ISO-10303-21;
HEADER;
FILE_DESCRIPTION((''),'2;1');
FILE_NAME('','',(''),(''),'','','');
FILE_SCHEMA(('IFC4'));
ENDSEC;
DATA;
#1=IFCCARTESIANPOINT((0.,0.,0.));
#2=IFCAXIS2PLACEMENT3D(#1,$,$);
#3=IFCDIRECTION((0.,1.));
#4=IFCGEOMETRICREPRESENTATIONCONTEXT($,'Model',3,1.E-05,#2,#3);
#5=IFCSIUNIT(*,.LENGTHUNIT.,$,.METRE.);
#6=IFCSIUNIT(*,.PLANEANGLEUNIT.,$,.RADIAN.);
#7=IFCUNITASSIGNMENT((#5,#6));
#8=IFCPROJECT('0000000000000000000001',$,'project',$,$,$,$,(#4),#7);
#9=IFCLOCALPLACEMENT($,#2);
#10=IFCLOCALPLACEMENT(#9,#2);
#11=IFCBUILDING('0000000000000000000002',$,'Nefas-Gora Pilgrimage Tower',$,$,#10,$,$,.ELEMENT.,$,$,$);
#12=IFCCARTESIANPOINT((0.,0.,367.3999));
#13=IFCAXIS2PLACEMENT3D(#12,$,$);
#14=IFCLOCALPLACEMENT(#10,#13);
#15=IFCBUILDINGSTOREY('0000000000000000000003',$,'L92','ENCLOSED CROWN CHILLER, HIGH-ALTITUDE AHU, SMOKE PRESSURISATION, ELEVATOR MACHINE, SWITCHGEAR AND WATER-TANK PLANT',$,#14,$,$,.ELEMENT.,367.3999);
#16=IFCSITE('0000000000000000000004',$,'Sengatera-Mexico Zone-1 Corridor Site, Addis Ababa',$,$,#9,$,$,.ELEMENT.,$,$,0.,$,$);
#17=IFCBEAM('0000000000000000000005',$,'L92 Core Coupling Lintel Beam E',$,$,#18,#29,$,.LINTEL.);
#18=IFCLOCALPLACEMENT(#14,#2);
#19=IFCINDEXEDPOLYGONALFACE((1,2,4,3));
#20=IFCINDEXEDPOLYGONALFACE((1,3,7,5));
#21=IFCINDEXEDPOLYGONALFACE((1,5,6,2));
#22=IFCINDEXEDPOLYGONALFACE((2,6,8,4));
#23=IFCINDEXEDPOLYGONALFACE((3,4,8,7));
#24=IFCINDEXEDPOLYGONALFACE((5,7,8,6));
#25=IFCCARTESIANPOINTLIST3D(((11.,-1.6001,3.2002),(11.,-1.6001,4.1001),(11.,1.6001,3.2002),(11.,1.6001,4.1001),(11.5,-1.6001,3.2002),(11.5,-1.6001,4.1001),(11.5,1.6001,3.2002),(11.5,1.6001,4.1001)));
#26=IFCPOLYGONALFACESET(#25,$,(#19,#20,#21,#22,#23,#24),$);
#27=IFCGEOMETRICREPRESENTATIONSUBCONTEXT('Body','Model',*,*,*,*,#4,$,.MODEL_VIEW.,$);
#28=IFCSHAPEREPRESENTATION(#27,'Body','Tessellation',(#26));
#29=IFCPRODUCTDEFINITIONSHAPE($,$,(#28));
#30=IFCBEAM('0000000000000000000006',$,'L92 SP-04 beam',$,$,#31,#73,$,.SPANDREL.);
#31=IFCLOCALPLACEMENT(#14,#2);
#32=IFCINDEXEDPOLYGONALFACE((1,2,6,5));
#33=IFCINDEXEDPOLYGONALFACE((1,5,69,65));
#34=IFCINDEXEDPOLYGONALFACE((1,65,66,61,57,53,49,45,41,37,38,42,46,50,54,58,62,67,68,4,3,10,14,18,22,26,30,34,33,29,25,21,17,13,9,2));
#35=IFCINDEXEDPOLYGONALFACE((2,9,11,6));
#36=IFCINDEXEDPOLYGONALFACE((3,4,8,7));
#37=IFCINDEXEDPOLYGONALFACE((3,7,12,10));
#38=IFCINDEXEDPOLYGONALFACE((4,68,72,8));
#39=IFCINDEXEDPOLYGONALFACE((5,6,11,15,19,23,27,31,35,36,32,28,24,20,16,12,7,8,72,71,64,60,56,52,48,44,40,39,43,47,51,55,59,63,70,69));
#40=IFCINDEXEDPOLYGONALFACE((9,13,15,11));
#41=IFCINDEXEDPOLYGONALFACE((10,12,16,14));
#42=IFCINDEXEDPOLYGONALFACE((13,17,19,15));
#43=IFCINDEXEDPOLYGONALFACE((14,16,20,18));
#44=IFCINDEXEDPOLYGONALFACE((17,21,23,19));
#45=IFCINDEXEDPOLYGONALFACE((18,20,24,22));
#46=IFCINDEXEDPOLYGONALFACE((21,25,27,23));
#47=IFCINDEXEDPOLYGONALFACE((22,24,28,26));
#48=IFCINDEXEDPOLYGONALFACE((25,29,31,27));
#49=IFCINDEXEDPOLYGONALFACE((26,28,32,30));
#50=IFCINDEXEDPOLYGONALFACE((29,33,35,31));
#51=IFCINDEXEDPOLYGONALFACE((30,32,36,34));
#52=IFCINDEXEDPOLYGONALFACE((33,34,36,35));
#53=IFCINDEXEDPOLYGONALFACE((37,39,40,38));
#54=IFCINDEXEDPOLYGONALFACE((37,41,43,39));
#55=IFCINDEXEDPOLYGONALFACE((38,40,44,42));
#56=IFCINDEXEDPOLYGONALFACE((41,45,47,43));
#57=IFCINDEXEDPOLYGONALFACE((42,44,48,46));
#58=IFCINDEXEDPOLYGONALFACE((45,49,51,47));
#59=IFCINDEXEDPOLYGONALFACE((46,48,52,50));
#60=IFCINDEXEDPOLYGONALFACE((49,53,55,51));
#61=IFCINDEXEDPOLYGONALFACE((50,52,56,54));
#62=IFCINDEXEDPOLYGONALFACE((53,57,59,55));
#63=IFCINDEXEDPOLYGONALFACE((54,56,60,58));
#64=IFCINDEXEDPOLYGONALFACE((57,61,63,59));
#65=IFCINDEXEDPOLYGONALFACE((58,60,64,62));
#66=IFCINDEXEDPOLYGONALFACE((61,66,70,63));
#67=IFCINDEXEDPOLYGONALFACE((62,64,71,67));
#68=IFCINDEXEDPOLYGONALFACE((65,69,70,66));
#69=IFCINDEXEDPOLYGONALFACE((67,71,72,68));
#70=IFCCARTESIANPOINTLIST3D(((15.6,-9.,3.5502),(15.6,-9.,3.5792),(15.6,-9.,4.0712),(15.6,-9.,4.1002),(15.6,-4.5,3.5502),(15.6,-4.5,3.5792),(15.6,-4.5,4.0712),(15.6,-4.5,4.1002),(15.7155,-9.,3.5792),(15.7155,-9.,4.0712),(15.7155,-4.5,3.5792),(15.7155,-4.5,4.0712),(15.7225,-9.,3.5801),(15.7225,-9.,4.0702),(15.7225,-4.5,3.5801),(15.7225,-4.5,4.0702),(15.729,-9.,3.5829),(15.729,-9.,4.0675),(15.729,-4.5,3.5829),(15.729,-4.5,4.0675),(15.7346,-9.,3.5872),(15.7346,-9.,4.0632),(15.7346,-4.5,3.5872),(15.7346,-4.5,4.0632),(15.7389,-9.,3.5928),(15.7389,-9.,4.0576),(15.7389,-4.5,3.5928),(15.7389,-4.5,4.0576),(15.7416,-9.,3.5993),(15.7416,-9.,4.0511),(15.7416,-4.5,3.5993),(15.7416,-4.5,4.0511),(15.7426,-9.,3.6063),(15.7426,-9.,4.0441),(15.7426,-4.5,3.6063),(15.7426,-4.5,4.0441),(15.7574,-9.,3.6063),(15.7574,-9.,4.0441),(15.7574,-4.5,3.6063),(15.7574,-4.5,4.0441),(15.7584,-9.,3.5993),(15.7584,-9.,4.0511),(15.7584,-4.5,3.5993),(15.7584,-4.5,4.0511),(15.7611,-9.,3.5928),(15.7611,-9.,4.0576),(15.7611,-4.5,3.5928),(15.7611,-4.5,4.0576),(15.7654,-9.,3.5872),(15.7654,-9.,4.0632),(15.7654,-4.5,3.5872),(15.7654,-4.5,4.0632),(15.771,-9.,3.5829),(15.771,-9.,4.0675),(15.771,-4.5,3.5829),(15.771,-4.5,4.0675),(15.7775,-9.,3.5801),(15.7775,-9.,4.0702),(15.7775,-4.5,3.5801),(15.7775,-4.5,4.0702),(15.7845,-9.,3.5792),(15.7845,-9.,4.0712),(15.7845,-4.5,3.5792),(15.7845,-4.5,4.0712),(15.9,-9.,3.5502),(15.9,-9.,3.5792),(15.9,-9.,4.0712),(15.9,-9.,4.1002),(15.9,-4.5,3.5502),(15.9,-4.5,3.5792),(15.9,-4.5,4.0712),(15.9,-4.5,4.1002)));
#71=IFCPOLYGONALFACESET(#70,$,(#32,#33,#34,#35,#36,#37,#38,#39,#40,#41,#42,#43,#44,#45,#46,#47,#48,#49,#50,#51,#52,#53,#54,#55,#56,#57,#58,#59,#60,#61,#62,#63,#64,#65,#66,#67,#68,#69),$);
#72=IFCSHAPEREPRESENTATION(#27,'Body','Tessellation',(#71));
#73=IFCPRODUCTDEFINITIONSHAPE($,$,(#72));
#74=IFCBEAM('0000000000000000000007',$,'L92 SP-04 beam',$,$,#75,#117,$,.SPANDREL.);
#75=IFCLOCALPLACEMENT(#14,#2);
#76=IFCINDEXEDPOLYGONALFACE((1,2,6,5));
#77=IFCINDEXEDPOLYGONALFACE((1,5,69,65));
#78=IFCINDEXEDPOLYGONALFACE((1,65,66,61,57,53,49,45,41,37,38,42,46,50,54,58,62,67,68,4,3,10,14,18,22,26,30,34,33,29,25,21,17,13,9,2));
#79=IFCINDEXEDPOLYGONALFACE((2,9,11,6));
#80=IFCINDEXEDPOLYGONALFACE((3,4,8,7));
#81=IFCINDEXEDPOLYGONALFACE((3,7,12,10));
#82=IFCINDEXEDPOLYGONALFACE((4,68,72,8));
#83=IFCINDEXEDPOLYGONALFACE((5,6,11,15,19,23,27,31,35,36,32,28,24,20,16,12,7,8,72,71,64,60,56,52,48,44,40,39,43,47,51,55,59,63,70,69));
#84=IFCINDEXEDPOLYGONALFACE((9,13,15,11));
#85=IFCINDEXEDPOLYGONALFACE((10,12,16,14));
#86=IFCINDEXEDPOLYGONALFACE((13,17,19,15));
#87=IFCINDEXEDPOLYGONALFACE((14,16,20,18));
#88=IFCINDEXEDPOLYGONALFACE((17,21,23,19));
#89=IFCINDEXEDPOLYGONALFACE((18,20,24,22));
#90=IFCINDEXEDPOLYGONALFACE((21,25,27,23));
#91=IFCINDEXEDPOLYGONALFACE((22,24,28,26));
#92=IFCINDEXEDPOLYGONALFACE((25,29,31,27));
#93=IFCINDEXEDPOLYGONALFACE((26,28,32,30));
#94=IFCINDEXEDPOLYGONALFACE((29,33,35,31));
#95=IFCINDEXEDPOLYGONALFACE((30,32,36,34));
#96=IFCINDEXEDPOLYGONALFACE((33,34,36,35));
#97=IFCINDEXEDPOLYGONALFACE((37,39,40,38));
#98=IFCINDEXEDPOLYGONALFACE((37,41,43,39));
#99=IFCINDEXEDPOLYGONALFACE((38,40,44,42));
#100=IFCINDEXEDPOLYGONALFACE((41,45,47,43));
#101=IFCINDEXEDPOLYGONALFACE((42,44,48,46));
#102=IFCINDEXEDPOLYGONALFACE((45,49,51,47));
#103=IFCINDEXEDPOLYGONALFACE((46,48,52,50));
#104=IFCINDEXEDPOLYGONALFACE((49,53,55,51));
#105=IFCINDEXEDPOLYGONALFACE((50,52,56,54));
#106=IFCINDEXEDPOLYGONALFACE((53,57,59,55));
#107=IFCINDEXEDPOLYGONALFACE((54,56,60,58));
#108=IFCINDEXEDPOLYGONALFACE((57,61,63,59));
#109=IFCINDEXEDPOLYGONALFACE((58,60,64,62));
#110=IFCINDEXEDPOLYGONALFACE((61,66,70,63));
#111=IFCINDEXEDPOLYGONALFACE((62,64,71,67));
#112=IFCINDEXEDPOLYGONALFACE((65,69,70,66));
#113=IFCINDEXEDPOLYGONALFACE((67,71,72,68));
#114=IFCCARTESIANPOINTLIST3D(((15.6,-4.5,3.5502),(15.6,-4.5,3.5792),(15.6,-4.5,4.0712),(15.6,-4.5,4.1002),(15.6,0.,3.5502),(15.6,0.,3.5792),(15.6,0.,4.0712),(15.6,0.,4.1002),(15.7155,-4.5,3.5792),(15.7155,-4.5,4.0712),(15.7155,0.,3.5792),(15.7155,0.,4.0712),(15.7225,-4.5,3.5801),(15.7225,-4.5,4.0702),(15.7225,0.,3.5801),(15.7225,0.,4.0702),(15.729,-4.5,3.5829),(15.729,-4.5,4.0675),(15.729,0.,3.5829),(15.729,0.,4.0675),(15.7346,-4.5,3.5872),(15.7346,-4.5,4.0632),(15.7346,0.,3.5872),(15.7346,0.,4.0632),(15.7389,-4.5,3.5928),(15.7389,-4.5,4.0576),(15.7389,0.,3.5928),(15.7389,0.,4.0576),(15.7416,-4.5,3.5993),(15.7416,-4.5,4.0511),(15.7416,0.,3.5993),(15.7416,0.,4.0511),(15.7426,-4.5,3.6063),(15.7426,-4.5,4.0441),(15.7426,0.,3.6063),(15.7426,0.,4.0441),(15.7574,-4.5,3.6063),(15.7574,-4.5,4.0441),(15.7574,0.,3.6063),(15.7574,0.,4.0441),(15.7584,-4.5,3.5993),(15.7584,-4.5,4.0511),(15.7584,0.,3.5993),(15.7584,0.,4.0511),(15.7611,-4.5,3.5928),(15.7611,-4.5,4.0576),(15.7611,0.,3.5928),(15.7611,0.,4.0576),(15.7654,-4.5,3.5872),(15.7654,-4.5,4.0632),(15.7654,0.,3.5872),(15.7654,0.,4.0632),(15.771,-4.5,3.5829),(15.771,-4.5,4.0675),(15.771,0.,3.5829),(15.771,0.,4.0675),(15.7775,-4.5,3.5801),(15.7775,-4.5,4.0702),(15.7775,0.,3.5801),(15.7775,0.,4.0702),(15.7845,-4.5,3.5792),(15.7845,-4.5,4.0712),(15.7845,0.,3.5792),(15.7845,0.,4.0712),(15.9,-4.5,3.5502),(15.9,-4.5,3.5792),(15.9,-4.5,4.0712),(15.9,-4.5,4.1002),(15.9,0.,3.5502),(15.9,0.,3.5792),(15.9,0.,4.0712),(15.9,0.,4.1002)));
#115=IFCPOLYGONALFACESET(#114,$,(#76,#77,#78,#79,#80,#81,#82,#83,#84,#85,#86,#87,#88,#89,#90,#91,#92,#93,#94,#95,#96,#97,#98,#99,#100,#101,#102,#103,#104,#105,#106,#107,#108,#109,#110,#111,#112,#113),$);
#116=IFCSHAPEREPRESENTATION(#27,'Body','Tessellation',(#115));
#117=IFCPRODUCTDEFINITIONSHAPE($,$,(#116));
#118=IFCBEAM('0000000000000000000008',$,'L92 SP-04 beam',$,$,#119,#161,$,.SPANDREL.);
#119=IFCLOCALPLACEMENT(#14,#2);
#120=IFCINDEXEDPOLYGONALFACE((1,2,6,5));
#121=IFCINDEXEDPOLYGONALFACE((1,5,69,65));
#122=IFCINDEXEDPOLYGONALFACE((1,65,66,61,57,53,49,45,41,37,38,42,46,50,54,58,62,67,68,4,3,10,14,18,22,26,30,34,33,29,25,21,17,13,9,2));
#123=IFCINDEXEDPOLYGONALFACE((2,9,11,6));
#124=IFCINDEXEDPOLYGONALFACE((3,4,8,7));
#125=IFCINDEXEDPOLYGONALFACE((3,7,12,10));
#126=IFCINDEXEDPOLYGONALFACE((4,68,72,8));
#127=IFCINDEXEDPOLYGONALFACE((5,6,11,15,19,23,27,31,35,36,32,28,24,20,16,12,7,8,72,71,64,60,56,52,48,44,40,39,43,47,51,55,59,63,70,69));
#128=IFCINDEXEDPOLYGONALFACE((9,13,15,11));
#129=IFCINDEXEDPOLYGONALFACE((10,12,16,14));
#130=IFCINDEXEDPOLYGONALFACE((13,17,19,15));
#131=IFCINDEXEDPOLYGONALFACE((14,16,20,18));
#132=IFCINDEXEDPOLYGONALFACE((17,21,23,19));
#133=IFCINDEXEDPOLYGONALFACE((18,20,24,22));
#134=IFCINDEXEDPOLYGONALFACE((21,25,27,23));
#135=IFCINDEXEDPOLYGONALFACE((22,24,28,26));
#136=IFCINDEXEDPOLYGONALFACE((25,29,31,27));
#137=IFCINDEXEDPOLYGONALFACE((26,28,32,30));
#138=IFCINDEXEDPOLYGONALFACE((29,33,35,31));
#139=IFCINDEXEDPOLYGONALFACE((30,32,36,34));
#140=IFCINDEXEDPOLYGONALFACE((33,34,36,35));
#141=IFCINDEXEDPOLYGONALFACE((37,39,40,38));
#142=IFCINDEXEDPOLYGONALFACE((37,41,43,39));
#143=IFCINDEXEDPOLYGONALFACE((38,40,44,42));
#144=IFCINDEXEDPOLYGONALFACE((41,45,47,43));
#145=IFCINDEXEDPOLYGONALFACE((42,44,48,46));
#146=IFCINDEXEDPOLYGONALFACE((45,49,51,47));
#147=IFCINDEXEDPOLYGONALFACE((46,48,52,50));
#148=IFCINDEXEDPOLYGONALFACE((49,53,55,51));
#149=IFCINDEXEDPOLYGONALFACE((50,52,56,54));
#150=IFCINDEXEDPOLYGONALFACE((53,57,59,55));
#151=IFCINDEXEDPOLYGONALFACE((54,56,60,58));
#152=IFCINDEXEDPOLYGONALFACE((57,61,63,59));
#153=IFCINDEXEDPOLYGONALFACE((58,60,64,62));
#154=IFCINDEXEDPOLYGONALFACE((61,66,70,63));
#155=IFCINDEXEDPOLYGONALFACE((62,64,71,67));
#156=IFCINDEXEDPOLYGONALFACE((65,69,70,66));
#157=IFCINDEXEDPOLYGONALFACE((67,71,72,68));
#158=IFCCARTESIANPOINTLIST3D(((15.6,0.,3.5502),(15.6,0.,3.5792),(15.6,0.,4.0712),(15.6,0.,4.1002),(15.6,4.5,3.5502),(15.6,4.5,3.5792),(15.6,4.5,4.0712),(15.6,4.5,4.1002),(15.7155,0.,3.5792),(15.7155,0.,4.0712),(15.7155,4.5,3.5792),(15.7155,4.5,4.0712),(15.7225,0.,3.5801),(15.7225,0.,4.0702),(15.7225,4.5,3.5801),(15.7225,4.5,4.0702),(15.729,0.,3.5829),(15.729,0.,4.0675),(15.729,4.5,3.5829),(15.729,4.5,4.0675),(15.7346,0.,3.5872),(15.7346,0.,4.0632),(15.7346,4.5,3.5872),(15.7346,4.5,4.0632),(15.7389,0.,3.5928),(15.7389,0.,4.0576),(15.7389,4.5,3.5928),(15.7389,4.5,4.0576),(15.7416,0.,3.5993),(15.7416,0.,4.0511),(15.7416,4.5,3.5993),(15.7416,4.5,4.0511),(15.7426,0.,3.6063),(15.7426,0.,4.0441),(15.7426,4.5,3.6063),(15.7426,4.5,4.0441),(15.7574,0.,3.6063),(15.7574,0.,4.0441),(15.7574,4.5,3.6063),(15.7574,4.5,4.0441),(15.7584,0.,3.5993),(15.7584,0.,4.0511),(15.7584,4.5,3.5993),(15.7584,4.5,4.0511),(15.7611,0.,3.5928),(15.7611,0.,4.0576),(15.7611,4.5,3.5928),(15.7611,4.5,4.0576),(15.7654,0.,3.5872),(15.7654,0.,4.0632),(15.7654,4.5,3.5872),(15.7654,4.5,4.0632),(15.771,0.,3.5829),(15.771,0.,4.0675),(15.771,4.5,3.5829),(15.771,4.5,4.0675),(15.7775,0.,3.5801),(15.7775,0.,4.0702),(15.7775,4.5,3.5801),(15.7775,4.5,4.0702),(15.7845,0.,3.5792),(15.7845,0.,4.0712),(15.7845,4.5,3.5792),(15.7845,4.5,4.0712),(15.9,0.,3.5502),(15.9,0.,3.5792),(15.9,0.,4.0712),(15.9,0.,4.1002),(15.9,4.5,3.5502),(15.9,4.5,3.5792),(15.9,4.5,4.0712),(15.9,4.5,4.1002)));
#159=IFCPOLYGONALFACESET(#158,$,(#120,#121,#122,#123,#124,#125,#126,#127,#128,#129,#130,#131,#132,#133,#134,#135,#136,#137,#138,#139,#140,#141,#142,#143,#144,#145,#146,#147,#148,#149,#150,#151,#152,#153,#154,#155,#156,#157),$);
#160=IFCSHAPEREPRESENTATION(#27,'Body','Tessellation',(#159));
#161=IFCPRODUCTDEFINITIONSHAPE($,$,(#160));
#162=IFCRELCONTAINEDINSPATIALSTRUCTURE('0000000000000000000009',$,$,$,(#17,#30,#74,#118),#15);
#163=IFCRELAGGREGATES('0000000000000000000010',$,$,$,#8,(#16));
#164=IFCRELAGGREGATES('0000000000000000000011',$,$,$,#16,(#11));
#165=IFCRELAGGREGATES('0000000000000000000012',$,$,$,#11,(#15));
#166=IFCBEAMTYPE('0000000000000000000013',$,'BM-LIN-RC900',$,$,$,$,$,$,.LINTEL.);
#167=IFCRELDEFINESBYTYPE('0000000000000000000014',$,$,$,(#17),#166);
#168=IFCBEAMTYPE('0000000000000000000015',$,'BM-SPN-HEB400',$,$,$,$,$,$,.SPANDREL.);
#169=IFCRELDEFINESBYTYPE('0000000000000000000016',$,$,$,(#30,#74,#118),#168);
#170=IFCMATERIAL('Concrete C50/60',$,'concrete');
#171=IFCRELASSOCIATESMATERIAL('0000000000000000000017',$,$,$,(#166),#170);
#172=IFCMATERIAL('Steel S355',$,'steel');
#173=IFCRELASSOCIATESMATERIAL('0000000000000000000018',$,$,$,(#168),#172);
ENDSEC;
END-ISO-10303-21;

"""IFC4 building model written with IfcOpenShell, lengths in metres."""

from ifc_helpers import new_model, si_unit, direction, frame, origin, origin_2d, place, context, subcontext, project, spatial, rectangle, i_section, extrude, source, transform, mapped, material, material_profile, profile_set, type_object, element, save


model = new_model("IFC4")

# Units and contexts
model_context = context("Model", 3, precision=1e-05, world=origin(), true_north=direction((0.0, 1.0)))
body_context = subcontext(model_context, "Body", "Model", "MODEL_VIEW")
ifc_project = project(units=[si_unit("LENGTHUNIT", "METRE"), si_unit("PLANEANGLEUNIT", "RADIAN")], contexts=[model_context])

# Site, building, storey
site_placement = place(None, origin())
site = spatial("IfcSite", under=ifc_project, at=site_placement, Name="Sengatera-Mexico Zone-1 Corridor Site, Addis Ababa", CompositionType="ELEMENT", RefElevation=0.0)
building_placement = place(site_placement, origin())
building = spatial("IfcBuilding", under=site, at=building_placement, Name="Nefas-Gora Pilgrimage Tower", CompositionType="ELEMENT")
storey_placement = place(building_placement, frame((0.0, 0.0, 367.3999)))
storey = spatial("IfcBuildingStorey", under=building, at=storey_placement, Name="L92", Description="ENCLOSED CROWN CHILLER, HIGH-ALTITUDE AHU, SMOKE PRESSURISATION, ELEVATOR MACHINE, SWITCHGEAR AND WATER-TANK PLANT", CompositionType="ELEMENT", Elevation=367.3999)

# Shared definitions
ifc_material_1 = material(Name="Steel S355", Category="steel")

# Beams
ifc_material_2 = material(Name="Concrete C50/60", Category="concrete")
ifc_material_profile_1 = material_profile(ifc_material_2, rectangle(XDim=0.5, YDim=0.8999, at=origin_2d()), Name="RC 500x900")
ifc_profile_set_1 = profile_set([ifc_material_profile_1], Name="Concrete C50/60")
beam_type_1 = type_object("IfcBeamType", Name="BM-LIN-RC900", PredefinedType="LINTEL", material=ifc_profile_set_1)
shared_shape_1 = source(origin(), body_context, "Body", "SweptSolid", [
    extrude(rectangle(XDim=0.5, YDim=0.8999, at=origin_2d()), origin(), (0.0, 0.0, 1.0), 3.2002),
])
beam_placement = place(storey_placement, frame((11.25, -1.6001, 3.6501), z_axis=(0.0, 1.0, 0.0), x_axis=(-1.0, 0.0, 0.0)))
element("IfcBeam", 1, at=beam_placement, inside=storey, type_object=beam_type_1, Name="L92 Core Coupling Lintel Beam E", PredefinedType="LINTEL", context=body_context, shape_type="MappedRepresentation", body=[
    mapped(shared_shape_1, transform((0.0, 0.0, 0.0), x_axis=(1.0, 0.0, 0.0), y_axis=(0.0, 1.0, 0.0), z_axis=(0.0, 0.0, 1.0), scale=1.0)),
])
ifc_material_profile_2 = material_profile(ifc_material_1, i_section(OverallWidth=0.3, OverallDepth=0.55, WebThickness=0.0149, FlangeThickness=0.0291, FilletRadius=0.0271, at=origin_2d()), Name="HEB 550")
ifc_profile_set_2 = profile_set([ifc_material_profile_2], Name="Steel S355")
beam_type_2 = type_object("IfcBeamType", Name="BM-SPN-HEB400", PredefinedType="SPANDREL", material=ifc_profile_set_2)
shared_shape_2 = source(origin(), body_context, "Body", "SweptSolid", [
    extrude(i_section(OverallWidth=0.3, OverallDepth=0.55, WebThickness=0.0149, FlangeThickness=0.0291, FilletRadius=0.0271, at=origin_2d()), origin(), (0.0, 0.0, 1.0), 4.5),
])
for number, where, z_axis, x_axis, name in (
    (2, (15.75, -9.0, 3.8252), (0.0, 1.0, 0.0), (-1.0, 0.0, 0.0), "L92 SP-04 beam"),
    (3, (15.75, -4.5, 3.8252), (0.0, 1.0, 0.0), (-1.0, 0.0, 0.0), "L92 SP-04 beam"),
    (4, (15.75, 0.0, 3.8252), (0.0, 1.0, 0.0), (-1.0, 0.0, 0.0), "L92 SP-04 beam"),
):
    element("IfcBeam", number, at=place(storey_placement, frame(where, z_axis=z_axis, x_axis=x_axis)), inside=storey, type_object=beam_type_2, Name=name, PredefinedType="SPANDREL", context=body_context, shape_type="MappedRepresentation", body=[
        mapped(shared_shape_2, transform((0.0, 0.0, 0.0), x_axis=(1.0, 0.0, 0.0), y_axis=(0.0, 1.0, 0.0), z_axis=(0.0, 0.0, 1.0), scale=1.0)),
    ])

save(model, "model.ifc")
